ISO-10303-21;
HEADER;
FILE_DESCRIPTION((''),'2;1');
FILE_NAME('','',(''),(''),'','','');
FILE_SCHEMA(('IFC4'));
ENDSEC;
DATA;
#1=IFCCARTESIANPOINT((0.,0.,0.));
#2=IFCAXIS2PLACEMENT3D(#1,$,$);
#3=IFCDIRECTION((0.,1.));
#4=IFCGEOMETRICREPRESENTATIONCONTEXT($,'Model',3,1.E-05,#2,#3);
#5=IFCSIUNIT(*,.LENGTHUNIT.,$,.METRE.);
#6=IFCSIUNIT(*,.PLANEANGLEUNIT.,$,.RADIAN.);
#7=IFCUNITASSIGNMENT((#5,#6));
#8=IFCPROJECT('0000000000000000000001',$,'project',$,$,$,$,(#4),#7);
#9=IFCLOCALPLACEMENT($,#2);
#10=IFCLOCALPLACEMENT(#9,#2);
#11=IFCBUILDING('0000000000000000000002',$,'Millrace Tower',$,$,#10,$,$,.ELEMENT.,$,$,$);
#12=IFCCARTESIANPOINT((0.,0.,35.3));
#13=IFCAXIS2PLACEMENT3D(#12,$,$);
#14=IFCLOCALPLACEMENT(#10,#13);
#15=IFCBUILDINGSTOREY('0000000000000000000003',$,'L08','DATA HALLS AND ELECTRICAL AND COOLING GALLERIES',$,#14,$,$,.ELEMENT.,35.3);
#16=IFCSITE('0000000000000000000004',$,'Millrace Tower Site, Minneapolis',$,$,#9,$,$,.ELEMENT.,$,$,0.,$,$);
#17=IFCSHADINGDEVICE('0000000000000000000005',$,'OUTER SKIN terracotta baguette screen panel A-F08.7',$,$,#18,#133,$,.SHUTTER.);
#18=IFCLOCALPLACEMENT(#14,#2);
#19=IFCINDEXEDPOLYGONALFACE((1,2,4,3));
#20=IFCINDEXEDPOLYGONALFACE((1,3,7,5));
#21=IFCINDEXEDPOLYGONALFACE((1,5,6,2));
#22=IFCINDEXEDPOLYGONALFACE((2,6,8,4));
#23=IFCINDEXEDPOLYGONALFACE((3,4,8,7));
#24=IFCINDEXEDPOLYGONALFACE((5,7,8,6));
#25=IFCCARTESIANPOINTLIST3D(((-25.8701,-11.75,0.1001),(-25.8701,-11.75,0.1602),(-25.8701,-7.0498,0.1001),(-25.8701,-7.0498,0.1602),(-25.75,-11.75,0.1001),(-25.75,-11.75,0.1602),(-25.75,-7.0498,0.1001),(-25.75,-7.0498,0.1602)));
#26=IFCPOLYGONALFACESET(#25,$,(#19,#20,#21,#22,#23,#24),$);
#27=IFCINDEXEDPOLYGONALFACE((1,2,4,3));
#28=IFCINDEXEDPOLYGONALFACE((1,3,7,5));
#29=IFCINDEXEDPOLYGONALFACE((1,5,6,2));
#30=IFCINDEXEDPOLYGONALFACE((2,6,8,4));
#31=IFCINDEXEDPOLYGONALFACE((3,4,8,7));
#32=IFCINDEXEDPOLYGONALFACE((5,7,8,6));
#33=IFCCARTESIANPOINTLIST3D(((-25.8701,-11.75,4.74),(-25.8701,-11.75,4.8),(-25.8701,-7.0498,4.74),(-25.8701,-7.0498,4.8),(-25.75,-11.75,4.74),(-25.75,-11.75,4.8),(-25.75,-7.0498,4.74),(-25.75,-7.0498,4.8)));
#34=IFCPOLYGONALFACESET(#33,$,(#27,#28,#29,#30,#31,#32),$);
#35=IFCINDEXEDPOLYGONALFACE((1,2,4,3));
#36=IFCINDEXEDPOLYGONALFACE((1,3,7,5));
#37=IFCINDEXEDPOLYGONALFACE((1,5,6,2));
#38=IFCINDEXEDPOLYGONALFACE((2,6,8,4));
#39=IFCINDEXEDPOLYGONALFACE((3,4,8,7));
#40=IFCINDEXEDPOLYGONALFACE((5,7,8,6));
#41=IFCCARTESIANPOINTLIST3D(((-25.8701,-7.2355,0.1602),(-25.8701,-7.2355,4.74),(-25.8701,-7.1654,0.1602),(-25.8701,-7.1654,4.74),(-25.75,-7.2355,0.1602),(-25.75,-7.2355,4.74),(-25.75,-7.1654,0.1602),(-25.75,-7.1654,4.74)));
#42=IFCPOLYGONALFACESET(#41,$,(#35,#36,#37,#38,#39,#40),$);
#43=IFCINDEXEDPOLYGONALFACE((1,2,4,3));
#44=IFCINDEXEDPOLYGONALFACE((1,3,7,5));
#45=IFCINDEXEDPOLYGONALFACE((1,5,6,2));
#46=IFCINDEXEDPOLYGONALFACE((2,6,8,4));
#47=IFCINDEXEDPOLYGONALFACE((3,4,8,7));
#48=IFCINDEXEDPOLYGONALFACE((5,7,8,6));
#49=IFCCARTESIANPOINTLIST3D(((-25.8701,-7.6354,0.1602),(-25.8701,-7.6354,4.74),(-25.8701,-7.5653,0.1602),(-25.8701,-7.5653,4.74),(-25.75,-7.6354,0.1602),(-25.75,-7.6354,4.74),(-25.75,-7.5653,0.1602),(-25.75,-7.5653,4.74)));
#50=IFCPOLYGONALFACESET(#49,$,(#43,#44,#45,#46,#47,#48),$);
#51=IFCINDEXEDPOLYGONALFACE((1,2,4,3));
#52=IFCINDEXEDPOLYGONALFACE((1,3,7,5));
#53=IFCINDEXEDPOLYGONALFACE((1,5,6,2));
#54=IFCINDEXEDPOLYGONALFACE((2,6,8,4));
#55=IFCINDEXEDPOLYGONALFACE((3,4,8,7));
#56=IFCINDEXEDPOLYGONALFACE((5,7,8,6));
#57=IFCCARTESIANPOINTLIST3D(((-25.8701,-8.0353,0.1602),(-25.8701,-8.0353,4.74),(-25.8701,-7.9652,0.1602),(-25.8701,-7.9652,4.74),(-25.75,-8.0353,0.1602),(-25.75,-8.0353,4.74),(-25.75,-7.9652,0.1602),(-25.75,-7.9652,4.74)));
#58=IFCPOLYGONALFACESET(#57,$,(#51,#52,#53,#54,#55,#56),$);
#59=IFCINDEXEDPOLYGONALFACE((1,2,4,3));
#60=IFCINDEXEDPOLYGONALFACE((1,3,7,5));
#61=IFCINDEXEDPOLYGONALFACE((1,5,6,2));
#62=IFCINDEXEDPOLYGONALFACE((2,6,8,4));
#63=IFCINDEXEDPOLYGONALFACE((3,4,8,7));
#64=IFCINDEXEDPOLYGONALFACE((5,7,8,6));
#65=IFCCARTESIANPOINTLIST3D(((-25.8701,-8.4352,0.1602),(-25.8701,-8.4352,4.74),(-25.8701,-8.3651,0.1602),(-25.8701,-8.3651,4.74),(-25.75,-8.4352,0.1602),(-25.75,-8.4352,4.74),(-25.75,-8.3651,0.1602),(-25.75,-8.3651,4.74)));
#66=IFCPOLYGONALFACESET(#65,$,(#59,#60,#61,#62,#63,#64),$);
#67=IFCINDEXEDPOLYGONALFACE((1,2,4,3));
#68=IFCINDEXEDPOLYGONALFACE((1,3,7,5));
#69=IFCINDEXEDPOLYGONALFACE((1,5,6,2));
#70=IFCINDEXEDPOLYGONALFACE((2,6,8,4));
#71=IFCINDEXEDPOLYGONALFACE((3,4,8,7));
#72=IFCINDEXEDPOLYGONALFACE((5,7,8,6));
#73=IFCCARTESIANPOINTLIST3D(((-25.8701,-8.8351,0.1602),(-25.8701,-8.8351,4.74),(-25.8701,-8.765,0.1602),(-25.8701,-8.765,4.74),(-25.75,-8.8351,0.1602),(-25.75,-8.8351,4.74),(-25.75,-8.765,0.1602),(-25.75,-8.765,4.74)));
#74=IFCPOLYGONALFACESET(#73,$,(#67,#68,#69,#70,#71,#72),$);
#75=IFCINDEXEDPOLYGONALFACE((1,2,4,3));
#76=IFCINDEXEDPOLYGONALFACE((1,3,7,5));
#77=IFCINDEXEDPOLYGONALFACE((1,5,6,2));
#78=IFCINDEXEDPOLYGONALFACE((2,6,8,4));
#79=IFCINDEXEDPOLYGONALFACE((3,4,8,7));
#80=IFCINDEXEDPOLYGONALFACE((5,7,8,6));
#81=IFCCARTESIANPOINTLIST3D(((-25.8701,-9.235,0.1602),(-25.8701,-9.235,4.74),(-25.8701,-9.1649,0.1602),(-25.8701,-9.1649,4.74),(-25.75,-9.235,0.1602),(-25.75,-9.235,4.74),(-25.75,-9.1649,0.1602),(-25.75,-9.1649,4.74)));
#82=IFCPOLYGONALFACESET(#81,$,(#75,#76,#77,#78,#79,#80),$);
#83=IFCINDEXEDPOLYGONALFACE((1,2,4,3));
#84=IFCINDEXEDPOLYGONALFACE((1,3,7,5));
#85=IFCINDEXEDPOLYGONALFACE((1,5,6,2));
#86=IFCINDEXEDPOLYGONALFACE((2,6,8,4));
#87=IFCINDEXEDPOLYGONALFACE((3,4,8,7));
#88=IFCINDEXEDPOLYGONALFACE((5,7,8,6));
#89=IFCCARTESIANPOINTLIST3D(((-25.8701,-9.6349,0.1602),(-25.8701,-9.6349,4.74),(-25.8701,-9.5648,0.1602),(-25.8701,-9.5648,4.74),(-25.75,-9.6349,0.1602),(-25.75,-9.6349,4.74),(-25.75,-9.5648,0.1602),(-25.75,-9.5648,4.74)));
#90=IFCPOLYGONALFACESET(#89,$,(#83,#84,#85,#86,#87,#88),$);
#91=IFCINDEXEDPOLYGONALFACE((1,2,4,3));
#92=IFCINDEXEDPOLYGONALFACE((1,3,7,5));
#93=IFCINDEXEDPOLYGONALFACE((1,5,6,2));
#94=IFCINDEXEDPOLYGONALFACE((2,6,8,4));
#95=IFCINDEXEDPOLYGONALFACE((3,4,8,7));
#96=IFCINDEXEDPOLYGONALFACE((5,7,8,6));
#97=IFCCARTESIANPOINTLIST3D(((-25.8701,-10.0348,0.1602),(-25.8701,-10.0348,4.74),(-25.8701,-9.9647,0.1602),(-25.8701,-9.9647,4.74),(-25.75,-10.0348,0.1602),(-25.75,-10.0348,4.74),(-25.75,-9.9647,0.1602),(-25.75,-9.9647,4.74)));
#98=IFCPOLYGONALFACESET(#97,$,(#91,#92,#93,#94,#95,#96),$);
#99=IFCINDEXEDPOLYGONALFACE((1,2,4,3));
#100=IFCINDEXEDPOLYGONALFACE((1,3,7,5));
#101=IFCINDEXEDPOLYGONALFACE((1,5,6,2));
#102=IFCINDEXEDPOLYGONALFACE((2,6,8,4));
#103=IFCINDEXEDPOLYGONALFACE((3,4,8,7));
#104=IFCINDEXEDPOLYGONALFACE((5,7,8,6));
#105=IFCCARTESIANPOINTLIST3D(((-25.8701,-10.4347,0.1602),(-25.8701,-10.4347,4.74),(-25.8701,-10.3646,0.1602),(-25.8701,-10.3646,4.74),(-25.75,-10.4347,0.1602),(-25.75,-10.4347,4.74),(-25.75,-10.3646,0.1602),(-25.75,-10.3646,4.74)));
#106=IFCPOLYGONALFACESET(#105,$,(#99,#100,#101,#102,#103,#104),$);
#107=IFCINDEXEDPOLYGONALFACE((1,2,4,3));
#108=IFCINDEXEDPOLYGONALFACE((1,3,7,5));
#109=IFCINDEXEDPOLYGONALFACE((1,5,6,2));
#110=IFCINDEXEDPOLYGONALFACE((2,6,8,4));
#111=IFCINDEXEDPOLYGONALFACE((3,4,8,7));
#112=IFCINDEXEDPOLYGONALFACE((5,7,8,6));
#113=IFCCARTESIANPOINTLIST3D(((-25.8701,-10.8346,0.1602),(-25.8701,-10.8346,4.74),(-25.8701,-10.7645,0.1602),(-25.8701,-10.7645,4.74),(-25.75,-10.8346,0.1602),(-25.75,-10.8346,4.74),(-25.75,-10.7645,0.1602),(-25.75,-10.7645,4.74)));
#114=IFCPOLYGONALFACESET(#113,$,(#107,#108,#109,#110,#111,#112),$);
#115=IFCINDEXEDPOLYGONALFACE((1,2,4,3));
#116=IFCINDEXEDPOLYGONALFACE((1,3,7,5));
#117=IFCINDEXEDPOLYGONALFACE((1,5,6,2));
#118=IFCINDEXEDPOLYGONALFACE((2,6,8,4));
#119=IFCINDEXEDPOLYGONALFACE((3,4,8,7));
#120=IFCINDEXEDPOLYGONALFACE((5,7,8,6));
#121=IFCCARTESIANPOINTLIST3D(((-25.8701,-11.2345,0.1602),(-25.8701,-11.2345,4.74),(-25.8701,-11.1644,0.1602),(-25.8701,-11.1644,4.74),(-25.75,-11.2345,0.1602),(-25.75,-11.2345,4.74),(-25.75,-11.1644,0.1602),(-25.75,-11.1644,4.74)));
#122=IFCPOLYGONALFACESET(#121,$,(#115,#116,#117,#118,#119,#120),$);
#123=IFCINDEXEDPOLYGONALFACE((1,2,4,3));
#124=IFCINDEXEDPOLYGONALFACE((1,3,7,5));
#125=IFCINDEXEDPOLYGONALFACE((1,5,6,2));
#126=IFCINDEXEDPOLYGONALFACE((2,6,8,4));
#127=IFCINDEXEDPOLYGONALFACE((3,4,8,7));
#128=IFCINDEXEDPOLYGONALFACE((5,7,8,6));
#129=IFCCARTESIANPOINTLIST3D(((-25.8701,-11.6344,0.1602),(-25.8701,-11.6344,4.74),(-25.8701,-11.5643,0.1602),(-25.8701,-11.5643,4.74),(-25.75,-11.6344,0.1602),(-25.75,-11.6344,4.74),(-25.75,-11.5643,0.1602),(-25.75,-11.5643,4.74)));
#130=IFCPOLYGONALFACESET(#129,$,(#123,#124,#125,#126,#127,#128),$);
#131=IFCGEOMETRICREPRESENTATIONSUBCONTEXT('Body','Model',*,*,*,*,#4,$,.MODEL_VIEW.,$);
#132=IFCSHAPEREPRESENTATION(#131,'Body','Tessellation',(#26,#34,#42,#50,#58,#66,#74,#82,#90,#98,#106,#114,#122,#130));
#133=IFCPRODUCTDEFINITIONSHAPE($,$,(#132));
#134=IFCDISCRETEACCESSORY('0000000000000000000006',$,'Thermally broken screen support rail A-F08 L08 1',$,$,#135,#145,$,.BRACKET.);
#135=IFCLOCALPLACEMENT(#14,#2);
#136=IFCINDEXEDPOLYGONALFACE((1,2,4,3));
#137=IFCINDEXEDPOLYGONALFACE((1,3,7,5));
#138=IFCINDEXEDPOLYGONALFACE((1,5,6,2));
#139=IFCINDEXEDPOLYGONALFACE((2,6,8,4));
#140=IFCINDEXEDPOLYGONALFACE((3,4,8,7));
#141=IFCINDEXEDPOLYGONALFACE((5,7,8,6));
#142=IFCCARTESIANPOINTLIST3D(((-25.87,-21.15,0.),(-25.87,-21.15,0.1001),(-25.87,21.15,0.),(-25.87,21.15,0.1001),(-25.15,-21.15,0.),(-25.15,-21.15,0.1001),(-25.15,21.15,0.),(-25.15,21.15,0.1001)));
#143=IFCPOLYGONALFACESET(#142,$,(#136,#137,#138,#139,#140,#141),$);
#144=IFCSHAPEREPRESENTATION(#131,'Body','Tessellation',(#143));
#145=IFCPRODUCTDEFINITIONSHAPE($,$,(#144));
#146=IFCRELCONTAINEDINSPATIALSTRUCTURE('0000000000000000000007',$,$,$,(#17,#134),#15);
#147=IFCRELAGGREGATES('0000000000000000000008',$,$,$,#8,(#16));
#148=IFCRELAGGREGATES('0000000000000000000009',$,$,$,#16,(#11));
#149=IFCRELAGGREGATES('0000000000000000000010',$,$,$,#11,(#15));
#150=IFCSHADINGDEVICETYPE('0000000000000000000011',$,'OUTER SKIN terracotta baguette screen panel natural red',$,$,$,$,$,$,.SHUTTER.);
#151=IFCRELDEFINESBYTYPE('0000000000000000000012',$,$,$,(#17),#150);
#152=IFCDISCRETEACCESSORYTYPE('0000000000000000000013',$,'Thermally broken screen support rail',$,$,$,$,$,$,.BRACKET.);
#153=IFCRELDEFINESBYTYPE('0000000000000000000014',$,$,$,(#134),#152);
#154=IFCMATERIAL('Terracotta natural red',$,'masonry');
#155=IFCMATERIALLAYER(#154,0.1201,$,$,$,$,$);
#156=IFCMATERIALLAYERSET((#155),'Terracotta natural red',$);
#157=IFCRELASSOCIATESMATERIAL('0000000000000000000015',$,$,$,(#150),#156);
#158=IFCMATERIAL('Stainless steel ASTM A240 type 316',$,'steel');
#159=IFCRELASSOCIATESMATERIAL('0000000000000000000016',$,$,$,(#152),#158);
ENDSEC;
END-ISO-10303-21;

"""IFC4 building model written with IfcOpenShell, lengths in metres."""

from ifc_helpers import new_model, entity, si_unit, direction, frame, frame_2d, origin, origin_2d, place, context, subcontext, project, spatial, rectangle, extrude, source, transform, mapped, material, layer, layer_set, type_object, element, save


model = new_model("IFC4")

# Units and contexts
model_context = context("Model", 3, precision=1e-05, world=origin(), true_north=direction((0.0, 1.0)))
body_context = subcontext(model_context, "Body", "Model", "MODEL_VIEW")
ifc_project = project(units=[si_unit("LENGTHUNIT", "METRE"), si_unit("PLANEANGLEUNIT", "RADIAN")], contexts=[model_context])

# Site, building, storey
site_placement = place(None, origin())
site = spatial("IfcSite", under=ifc_project, at=site_placement, Name="Millrace Tower Site, Minneapolis", CompositionType="ELEMENT", RefElevation=0.0)
building_placement = place(site_placement, origin())
building = spatial("IfcBuilding", under=site, at=building_placement, Name="Millrace Tower", CompositionType="ELEMENT")
storey_placement = place(building_placement, frame((0.0, 0.0, 35.3)))
storey = spatial("IfcBuildingStorey", under=building, at=storey_placement, Name="L08", Description="DATA HALLS AND ELECTRICAL AND COOLING GALLERIES", CompositionType="ELEMENT", Elevation=35.3)

# Shading device
cartesian_point = entity("IfcCartesianPoint", [-2.3501, 0.0601])
shared_polyline = entity("IfcPolyline", [cartesian_point, entity("IfcCartesianPoint", [2.3501, 0.0601]), entity("IfcCartesianPoint", [2.3501, -0.0601]), entity("IfcCartesianPoint", [-2.3501, -0.0601]), cartesian_point])
ifc_material_1 = material(Name="Terracotta natural red", Category="masonry")
ifc_layer_1 = layer(ifc_material_1, 0.1201)
ifc_layer_set_1 = layer_set([ifc_layer_1], Name="Terracotta natural red")
shading_device_type_1 = type_object("IfcShadingDeviceType", Name="OUTER SKIN terracotta baguette screen panel natural red", PredefinedType="SHUTTER", material=ifc_layer_set_1)
shared_shape_1 = source(origin(), body_context, "Body", "SweptSolid", [
    entity("IfcExtrudedAreaSolid", entity("IfcArbitraryClosedProfileDef", "AREA", None, shared_polyline), entity("IfcAxis2Placement3D", entity("IfcCartesianPoint", [0.0, 0.0, 0.0])), entity("IfcDirection", [0.0, 0.0, 1.0]), 0.0601),
    entity("IfcExtrudedAreaSolid", entity("IfcArbitraryClosedProfileDef", "AREA", None, shared_polyline), entity("IfcAxis2Placement3D", entity("IfcCartesianPoint", [0.0, 0.0, 4.6399])), entity("IfcDirection", [0.0, 0.0, 1.0]), 0.0601),
    extrude(rectangle(XDim=0.0701, YDim=0.1201, at=frame_2d((-2.1995, 0.0))), frame((0.0, 0.0, 0.0601)), (0.0, 0.0, 1.0), 4.5798),
    extrude(rectangle(XDim=0.0701, YDim=0.1201, at=frame_2d((-1.7996, 0.0))), frame((0.0, 0.0, 0.0601)), (0.0, 0.0, 1.0), 4.5798),
    extrude(rectangle(XDim=0.0701, YDim=0.1201, at=frame_2d((-1.3997, 0.0))), frame((0.0, 0.0, 0.0601)), (0.0, 0.0, 1.0), 4.5798),
    extrude(rectangle(XDim=0.0701, YDim=0.1201, at=frame_2d((-0.9998, 0.0))), frame((0.0, 0.0, 0.0601)), (0.0, 0.0, 1.0), 4.5798),
    extrude(rectangle(XDim=0.0701, YDim=0.1201, at=frame_2d((-0.5999, 0.0))), frame((0.0, 0.0, 0.0601)), (0.0, 0.0, 1.0), 4.5798),
    extrude(rectangle(XDim=0.0701, YDim=0.1201, at=frame_2d((-0.2, 0.0))), frame((0.0, 0.0, 0.0601)), (0.0, 0.0, 1.0), 4.5798),
    extrude(rectangle(XDim=0.0701, YDim=0.1201, at=frame_2d((0.2, 0.0))), frame((0.0, 0.0, 0.0601)), (0.0, 0.0, 1.0), 4.5798),
    extrude(rectangle(XDim=0.0701, YDim=0.1201, at=frame_2d((0.5999, 0.0))), frame((0.0, 0.0, 0.0601)), (0.0, 0.0, 1.0), 4.5798),
    extrude(rectangle(XDim=0.0701, YDim=0.1201, at=frame_2d((0.9998, 0.0))), frame((0.0, 0.0, 0.0601)), (0.0, 0.0, 1.0), 4.5798),
    extrude(rectangle(XDim=0.0701, YDim=0.1201, at=frame_2d((1.3997, 0.0))), frame((0.0, 0.0, 0.0601)), (0.0, 0.0, 1.0), 4.5798),
    extrude(rectangle(XDim=0.0701, YDim=0.1201, at=frame_2d((1.7996, 0.0))), frame((0.0, 0.0, 0.0601)), (0.0, 0.0, 1.0), 4.5798),
    extrude(rectangle(XDim=0.0701, YDim=0.1201, at=frame_2d((2.1995, 0.0))), frame((0.0, 0.0, 0.0601)), (0.0, 0.0, 1.0), 4.5798),
])
for number, where, z_axis, x_axis, name in (
    (1, (-25.8101, -9.3999, 0.1001), (0.0, 0.0, 1.0), (0.0, -1.0, 0.0), "OUTER SKIN terracotta baguette screen panel A-F08.7"),
):
    element("IfcShadingDevice", number, at=place(storey_placement, frame(where, z_axis=z_axis, x_axis=x_axis)), inside=storey, type_object=shading_device_type_1, Name=name, PredefinedType="SHUTTER", context=body_context, shape_type="MappedRepresentation", body=[
        mapped(shared_shape_1, transform((0.0, 0.0, 0.0), scale=1.0)),
    ])

# Discrete accessory
ifc_material_2 = material(Name="Stainless steel ASTM A240 type 316", Category="steel")
discrete_accessory_type = type_object("IfcDiscreteAccessoryType", Name="Thermally broken screen support rail", PredefinedType="BRACKET", material=ifc_material_2)
discrete_accessory_placement = place(storey_placement, frame((-25.51, 0.0, 0.0), z_axis=(0.0, 0.0, 1.0), x_axis=(0.0, -1.0, 0.0)))
element("IfcDiscreteAccessory", 2, at=discrete_accessory_placement, inside=storey, type_object=discrete_accessory_type, Name="Thermally broken screen support rail A-F08 L08 1", PredefinedType="BRACKET", context=body_context, shape_type="SweptSolid", body=[
    extrude(rectangle(XDim=42.3, YDim=0.72, at=origin_2d()), origin(), (0.0, 0.0, 1.0), 0.1001),
])

save(model, "model.ifc")
